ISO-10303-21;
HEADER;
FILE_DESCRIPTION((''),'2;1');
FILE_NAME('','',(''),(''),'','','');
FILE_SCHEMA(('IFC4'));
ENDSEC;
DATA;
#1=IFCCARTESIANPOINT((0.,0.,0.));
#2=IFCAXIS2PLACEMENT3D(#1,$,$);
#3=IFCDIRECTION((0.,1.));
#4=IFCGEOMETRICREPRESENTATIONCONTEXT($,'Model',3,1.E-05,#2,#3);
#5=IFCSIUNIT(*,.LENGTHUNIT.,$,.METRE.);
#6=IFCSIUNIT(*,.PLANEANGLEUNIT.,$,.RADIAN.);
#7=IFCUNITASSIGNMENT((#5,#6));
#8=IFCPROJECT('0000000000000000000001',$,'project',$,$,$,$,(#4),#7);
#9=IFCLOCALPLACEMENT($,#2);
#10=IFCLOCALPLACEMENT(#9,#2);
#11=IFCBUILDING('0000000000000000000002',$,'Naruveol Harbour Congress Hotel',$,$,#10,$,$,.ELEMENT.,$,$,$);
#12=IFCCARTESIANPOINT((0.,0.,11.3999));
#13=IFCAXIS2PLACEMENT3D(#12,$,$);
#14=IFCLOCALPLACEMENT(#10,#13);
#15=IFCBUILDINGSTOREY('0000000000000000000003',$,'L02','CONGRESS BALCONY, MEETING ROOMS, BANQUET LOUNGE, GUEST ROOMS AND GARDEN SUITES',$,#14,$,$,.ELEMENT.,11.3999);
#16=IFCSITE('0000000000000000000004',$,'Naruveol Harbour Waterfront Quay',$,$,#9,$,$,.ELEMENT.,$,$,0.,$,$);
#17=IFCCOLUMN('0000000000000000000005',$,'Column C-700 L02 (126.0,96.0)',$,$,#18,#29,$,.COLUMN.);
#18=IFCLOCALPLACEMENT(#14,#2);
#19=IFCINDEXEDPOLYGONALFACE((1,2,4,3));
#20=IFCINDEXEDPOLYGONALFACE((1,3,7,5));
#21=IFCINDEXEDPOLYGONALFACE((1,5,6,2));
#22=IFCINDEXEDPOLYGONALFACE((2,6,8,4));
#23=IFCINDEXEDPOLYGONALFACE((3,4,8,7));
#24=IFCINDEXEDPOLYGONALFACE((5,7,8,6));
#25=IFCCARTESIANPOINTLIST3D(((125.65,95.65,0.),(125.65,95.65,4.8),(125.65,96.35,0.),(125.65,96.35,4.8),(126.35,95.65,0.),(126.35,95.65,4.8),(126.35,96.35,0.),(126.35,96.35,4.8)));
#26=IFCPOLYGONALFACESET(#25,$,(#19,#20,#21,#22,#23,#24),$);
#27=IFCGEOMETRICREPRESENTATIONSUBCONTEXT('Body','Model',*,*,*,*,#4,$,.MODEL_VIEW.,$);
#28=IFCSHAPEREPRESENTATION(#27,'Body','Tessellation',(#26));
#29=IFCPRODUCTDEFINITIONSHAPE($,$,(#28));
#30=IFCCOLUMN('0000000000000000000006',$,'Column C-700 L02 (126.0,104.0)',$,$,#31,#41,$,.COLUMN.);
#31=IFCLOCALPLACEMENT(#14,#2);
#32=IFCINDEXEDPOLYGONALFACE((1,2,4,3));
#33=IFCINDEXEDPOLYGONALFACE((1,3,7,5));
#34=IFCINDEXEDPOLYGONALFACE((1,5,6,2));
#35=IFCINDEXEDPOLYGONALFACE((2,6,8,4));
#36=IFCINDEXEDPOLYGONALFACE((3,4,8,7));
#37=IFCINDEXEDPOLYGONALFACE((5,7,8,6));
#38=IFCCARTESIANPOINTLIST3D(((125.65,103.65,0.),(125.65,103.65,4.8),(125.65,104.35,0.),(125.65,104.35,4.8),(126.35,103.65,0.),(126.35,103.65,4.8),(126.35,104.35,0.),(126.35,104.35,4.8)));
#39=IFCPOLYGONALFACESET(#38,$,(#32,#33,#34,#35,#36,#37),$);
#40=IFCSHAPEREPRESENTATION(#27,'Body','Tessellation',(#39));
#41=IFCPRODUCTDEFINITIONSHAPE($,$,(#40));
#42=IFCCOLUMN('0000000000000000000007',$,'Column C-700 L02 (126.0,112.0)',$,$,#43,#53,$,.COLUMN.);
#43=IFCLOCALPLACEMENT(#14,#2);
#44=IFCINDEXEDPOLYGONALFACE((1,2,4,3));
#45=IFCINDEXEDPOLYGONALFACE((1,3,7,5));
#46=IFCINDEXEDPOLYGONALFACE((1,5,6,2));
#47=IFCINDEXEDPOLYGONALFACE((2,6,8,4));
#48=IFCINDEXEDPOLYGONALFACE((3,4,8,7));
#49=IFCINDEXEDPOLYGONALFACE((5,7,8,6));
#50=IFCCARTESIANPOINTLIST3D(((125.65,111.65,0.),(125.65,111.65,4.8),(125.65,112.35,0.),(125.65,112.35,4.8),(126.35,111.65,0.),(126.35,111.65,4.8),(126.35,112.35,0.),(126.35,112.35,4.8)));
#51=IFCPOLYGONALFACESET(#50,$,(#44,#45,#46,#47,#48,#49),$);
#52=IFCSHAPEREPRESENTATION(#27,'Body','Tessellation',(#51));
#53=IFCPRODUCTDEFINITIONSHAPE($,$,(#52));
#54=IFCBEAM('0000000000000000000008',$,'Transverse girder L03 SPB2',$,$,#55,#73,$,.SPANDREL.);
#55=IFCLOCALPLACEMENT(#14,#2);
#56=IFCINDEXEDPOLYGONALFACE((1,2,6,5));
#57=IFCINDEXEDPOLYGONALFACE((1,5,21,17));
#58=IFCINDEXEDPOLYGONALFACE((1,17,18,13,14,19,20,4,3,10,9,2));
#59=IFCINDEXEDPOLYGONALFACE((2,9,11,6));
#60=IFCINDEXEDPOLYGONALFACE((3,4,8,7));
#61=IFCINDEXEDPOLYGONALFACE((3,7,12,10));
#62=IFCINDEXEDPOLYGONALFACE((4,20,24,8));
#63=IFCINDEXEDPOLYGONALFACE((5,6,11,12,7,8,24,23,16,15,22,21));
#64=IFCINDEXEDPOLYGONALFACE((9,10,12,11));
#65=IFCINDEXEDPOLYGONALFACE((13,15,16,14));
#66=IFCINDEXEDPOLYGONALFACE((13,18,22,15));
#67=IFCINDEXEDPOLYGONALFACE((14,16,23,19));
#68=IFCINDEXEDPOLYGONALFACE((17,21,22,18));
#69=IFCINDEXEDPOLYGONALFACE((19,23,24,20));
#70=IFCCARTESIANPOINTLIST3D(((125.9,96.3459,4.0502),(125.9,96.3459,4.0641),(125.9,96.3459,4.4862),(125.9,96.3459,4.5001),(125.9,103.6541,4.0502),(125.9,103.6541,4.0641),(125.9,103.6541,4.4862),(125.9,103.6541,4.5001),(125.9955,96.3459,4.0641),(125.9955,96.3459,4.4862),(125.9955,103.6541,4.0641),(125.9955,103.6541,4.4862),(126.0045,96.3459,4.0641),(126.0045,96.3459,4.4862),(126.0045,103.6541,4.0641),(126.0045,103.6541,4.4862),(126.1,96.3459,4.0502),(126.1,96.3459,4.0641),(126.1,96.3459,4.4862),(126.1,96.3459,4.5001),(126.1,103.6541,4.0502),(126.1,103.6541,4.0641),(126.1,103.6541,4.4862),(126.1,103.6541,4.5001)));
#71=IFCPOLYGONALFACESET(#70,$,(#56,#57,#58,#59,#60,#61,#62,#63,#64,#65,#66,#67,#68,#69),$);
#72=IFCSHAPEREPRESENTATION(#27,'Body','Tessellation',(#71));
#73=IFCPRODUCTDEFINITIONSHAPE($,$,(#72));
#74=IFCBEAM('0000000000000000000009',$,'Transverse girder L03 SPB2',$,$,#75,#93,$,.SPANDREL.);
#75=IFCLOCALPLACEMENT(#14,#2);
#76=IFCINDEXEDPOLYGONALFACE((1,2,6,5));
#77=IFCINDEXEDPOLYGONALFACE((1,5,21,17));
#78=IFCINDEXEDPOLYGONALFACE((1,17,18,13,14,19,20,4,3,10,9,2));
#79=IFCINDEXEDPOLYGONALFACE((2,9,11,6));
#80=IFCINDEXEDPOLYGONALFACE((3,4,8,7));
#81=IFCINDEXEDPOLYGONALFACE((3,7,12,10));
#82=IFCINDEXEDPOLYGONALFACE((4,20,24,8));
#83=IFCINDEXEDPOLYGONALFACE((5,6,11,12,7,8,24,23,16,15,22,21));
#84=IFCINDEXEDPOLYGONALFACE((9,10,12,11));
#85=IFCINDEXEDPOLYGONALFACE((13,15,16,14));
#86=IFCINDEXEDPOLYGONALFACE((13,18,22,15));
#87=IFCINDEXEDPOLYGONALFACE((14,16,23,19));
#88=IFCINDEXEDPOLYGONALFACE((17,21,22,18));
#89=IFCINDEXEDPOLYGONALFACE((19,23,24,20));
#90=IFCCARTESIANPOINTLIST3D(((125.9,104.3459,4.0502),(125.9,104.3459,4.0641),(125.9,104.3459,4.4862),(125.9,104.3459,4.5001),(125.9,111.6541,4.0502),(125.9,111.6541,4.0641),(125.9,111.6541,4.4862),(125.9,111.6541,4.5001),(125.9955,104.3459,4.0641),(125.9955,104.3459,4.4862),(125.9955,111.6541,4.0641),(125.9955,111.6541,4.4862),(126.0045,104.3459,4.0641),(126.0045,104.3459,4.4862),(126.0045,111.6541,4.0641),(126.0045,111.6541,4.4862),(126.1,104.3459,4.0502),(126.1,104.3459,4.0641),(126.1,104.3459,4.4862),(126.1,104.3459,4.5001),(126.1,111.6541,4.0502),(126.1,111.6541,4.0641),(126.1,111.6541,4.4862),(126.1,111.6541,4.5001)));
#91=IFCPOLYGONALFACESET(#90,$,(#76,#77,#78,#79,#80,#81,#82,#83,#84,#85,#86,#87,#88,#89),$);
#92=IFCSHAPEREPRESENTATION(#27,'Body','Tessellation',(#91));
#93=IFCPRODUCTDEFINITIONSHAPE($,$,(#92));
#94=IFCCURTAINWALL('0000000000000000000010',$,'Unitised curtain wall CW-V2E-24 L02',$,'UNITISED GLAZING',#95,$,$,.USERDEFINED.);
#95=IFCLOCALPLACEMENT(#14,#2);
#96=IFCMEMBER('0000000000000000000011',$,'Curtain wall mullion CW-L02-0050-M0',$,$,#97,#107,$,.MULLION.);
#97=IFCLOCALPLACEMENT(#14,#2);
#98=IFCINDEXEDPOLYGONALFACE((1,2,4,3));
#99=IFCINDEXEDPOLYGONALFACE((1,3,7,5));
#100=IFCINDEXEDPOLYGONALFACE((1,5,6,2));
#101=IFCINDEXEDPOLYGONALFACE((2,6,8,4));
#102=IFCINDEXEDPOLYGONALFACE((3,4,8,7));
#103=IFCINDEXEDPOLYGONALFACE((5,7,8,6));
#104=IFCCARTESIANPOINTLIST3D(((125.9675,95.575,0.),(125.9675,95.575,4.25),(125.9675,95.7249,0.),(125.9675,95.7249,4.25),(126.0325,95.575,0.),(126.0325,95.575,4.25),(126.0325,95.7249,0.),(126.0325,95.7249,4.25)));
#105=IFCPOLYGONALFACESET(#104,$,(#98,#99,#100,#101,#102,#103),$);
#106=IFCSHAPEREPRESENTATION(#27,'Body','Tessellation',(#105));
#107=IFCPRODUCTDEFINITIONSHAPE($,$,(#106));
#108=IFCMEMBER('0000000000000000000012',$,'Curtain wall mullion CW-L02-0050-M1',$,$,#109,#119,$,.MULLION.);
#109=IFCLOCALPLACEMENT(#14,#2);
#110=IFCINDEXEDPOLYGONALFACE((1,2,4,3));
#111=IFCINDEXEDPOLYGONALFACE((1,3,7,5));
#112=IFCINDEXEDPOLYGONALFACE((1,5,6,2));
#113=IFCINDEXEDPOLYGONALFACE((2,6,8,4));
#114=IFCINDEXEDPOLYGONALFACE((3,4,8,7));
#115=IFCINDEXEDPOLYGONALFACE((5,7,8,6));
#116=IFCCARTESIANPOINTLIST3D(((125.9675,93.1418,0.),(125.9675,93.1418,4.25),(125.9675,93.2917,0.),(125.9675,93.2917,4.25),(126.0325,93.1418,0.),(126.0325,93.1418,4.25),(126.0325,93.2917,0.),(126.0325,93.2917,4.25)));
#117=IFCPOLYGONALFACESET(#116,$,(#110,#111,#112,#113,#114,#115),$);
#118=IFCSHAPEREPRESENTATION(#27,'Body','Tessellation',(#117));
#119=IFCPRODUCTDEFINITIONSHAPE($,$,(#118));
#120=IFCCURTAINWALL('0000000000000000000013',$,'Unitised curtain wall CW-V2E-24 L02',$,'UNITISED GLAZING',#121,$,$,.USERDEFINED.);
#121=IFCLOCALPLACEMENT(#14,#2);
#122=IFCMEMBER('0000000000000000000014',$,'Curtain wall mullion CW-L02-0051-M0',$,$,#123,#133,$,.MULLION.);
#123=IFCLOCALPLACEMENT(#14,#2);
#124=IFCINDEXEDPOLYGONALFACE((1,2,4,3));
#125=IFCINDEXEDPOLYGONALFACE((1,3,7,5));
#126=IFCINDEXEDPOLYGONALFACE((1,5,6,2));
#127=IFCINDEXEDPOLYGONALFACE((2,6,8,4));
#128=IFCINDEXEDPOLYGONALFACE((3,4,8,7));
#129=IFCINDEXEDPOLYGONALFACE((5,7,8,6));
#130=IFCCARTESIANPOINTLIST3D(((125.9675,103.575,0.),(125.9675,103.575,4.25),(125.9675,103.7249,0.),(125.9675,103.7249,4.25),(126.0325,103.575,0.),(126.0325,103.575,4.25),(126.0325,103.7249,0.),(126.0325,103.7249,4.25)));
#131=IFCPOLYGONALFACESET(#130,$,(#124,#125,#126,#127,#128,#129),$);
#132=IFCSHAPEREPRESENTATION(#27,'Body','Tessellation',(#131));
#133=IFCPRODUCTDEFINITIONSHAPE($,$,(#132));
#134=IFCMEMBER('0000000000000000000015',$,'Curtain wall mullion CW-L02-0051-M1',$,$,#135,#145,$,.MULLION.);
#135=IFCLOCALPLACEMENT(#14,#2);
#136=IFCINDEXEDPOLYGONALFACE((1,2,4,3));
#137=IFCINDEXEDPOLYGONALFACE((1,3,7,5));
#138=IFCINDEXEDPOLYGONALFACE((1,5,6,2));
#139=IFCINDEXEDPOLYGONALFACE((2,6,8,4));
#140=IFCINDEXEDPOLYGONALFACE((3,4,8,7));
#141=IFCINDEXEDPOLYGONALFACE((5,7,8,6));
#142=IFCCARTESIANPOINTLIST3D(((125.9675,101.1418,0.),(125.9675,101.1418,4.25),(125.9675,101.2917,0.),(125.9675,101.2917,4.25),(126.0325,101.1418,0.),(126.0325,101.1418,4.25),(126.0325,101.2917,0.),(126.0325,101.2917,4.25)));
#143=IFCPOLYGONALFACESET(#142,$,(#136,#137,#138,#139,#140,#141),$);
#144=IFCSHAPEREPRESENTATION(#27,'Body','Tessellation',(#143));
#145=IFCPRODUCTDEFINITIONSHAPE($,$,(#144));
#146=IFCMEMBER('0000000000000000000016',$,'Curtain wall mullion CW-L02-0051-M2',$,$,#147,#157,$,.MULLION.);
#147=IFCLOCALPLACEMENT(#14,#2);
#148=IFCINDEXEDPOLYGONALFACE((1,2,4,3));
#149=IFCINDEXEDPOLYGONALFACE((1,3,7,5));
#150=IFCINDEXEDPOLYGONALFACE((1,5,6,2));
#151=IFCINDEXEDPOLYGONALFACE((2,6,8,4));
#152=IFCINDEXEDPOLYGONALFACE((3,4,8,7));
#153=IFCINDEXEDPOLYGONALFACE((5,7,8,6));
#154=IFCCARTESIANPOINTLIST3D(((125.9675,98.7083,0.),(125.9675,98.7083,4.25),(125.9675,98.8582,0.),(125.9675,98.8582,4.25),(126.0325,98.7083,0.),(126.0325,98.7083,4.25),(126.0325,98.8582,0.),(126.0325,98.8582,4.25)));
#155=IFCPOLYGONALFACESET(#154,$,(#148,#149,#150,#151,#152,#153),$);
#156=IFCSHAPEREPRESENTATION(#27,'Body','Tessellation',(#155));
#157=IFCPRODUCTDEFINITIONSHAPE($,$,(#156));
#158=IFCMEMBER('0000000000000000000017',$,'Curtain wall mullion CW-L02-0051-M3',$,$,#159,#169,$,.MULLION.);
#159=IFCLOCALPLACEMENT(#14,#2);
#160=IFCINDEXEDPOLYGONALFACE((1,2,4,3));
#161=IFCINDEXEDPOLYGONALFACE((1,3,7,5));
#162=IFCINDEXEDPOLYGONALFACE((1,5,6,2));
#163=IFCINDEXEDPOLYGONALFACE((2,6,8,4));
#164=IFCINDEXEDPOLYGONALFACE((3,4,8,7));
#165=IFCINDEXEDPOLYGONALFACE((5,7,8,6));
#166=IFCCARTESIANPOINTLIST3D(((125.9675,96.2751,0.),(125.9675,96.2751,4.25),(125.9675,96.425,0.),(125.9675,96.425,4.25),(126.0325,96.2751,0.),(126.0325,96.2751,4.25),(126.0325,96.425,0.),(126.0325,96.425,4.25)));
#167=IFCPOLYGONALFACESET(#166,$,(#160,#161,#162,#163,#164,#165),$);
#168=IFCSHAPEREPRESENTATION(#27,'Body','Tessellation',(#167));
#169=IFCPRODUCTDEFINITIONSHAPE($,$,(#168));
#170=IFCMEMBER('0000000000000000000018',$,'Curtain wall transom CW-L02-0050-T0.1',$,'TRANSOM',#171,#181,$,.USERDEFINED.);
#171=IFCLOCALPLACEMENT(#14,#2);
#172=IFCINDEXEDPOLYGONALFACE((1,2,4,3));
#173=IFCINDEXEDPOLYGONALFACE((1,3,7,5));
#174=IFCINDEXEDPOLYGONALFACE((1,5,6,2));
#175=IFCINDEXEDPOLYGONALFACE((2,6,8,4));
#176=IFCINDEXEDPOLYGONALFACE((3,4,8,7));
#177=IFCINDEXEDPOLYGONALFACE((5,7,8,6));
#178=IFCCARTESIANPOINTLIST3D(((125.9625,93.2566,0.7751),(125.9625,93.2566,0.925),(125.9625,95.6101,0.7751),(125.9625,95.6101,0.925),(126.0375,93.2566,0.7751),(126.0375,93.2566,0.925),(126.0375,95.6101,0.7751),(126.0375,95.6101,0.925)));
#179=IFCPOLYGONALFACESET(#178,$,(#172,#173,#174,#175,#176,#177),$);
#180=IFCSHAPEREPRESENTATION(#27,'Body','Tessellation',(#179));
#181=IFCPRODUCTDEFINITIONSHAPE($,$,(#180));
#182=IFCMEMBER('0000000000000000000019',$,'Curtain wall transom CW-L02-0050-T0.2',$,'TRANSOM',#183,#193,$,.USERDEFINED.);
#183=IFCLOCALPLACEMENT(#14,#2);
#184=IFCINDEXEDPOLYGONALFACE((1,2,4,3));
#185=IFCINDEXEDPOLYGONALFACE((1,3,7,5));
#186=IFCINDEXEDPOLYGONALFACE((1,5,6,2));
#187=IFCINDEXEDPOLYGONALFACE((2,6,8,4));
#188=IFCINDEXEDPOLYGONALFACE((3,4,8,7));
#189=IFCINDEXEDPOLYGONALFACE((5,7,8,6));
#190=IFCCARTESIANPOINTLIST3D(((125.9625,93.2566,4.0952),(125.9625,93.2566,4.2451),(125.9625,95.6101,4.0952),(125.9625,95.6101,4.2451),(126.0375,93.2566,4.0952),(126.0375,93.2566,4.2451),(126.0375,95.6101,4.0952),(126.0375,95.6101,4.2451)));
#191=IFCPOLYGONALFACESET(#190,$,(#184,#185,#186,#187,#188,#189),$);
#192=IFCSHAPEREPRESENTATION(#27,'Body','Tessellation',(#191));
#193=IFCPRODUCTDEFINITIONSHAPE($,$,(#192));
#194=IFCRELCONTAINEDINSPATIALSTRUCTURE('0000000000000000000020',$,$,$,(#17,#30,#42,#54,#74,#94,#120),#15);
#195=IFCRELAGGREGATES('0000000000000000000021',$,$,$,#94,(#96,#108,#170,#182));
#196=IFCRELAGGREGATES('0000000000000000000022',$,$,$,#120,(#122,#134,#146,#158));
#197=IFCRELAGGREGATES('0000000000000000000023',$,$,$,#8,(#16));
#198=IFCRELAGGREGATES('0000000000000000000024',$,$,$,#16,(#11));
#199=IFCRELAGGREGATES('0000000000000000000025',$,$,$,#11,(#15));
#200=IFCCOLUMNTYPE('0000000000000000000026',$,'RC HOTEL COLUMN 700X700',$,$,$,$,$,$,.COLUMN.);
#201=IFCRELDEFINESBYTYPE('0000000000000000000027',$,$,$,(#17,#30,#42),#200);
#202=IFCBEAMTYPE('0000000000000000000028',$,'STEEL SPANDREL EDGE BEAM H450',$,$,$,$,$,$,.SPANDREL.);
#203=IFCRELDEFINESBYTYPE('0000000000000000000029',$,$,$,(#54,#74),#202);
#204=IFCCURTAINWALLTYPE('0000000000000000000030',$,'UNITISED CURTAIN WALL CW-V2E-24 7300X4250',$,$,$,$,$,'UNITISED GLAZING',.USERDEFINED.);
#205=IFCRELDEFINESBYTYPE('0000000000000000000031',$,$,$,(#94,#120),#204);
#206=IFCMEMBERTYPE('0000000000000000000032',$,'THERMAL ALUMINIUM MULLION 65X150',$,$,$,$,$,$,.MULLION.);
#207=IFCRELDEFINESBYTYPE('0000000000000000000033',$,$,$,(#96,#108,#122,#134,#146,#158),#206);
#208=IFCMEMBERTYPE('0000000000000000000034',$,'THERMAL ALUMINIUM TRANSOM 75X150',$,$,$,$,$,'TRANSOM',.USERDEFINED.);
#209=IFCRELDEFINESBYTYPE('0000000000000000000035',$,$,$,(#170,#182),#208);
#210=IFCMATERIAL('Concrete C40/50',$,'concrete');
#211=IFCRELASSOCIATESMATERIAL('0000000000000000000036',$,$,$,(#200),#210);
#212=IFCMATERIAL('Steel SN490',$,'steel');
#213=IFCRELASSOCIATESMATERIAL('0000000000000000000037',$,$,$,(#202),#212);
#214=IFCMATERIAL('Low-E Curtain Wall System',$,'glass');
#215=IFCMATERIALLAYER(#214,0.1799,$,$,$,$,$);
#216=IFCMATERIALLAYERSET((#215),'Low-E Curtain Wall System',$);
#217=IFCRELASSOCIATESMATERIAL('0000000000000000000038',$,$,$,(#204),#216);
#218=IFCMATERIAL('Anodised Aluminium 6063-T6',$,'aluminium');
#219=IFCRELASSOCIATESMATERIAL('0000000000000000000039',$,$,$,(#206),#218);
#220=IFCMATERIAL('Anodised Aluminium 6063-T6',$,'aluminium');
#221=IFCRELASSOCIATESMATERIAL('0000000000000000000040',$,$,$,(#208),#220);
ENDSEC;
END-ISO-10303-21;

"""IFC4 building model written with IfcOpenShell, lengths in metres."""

from ifc_helpers import new_model, si_unit, direction, frame, origin, origin_2d, place, context, subcontext, project, spatial, rectangle, i_section, extrude, material, layer, layer_set, material_profile, profile_set, type_object, element, aggregate, save


model = new_model("IFC4")

# Units and contexts
model_context = context("Model", 3, precision=1e-05, world=origin(), true_north=direction((0.0, 1.0)))
body_context = subcontext(model_context, "Body", "Model", "MODEL_VIEW")
ifc_project = project(units=[si_unit("LENGTHUNIT", "METRE"), si_unit("PLANEANGLEUNIT", "RADIAN")], contexts=[model_context])

# Site, building, storey
site_placement = place(None, origin())
site = spatial("IfcSite", under=ifc_project, at=site_placement, Name="Naruveol Harbour Waterfront Quay", CompositionType="ELEMENT", RefElevation=0.0)
building_placement = place(site_placement, origin())
building = spatial("IfcBuilding", under=site, at=building_placement, Name="Naruveol Harbour Congress Hotel", CompositionType="ELEMENT")
storey_placement = place(building_placement, frame((0.0, 0.0, 11.3999)))
storey = spatial("IfcBuildingStorey", under=building, at=storey_placement, Name="L02", Description="CONGRESS BALCONY, MEETING ROOMS, BANQUET LOUNGE, GUEST ROOMS AND GARDEN SUITES", CompositionType="ELEMENT", Elevation=11.3999)

# Columns
ifc_material_1 = material(Name="Concrete C40/50", Category="concrete")
ifc_material_profile_1 = material_profile(ifc_material_1, rectangle(XDim=0.7, YDim=0.7, at=origin_2d()), Name="RC-700x700")
ifc_profile_set_1 = profile_set([ifc_material_profile_1], Name="Concrete C40/50")
column_type = type_object("IfcColumnType", Name="RC HOTEL COLUMN 700X700", PredefinedType="COLUMN", material=ifc_profile_set_1)
for number, where, z_axis, x_axis, name in (
    (1, (126.0, 96.0, 0.0), (0.0, 0.0, 1.0), (1.0, 0.0, 0.0), "Column C-700 L02 (126.0,96.0)"),
    (2, (126.0, 104.0, 0.0), (0.0, 0.0, 1.0), (1.0, 0.0, 0.0), "Column C-700 L02 (126.0,104.0)"),
    (3, (126.0, 112.0, 0.0), (0.0, 0.0, 1.0), (1.0, 0.0, 0.0), "Column C-700 L02 (126.0,112.0)"),
):
    element("IfcColumn", number, at=place(storey_placement, frame(where, z_axis=z_axis, x_axis=x_axis)), inside=storey, type_object=column_type, Name=name, PredefinedType="COLUMN", context=body_context, shape_type="SweptSolid", body=[
        extrude(rectangle(XDim=0.7, YDim=0.7, at=origin_2d()), origin(), (0.0, 0.0, 1.0), 4.8),
    ])

# Beams
ifc_material_2 = material(Name="Steel SN490", Category="steel")
ifc_material_profile_2 = material_profile(ifc_material_2, i_section(OverallWidth=0.2, OverallDepth=0.45, WebThickness=0.009, FlangeThickness=0.0139, at=origin_2d()), Name="H-450x200x9x14")
ifc_profile_set_2 = profile_set([ifc_material_profile_2], Name="Steel SN490")
beam_type = type_object("IfcBeamType", Name="STEEL SPANDREL EDGE BEAM H450", PredefinedType="SPANDREL", material=ifc_profile_set_2)
for number, where, z_axis, x_axis, name in (
    (4, (126.0, 96.3459, 4.2751), (0.0, 1.0, 0.0), (-1.0, 0.0, 0.0), "Transverse girder L03 SPB2"),
    (5, (126.0, 104.3459, 4.2751), (0.0, 1.0, 0.0), (-1.0, 0.0, 0.0), "Transverse girder L03 SPB2"),
):
    element("IfcBeam", number, at=place(storey_placement, frame(where, z_axis=z_axis, x_axis=x_axis)), inside=storey, type_object=beam_type, Name=name, PredefinedType="SPANDREL", context=body_context, shape_type="SweptSolid", body=[
        extrude(i_section(OverallWidth=0.2, OverallDepth=0.45, WebThickness=0.009, FlangeThickness=0.0139, at=origin_2d()), origin(), (0.0, 0.0, 1.0), 7.3081),
    ])

# Curtain walls, members
ifc_material_3 = material(Name="Low-E Curtain Wall System", Category="glass")
ifc_layer_1 = layer(ifc_material_3, 0.1799)
ifc_layer_set_1 = layer_set([ifc_layer_1], Name="Low-E Curtain Wall System")
curtain_wall_type = type_object("IfcCurtainWallType", Name="UNITISED CURTAIN WALL CW-V2E-24 7300X4250", ElementType="UNITISED GLAZING", PredefinedType="USERDEFINED", material=ifc_layer_set_1)
curtain_wall_1_placement = place(storey_placement, origin())
curtain_wall_1 = element("IfcCurtainWall", 6, at=curtain_wall_1_placement, inside=storey, type_object=curtain_wall_type, Name="Unitised curtain wall CW-V2E-24 L02", ObjectType="UNITISED GLAZING", PredefinedType="USERDEFINED")
ifc_material_4 = material(Name="Anodised Aluminium 6063-T6", Category="aluminium")
ifc_material_profile_3 = material_profile(ifc_material_4, rectangle(XDim=0.0649, YDim=0.1499, at=origin_2d()), Name="ALU-65x150")
ifc_profile_set_3 = profile_set([ifc_material_profile_3], Name="Anodised Aluminium 6063-T6")
member_type_1 = type_object("IfcMemberType", Name="THERMAL ALUMINIUM MULLION 65X150", PredefinedType="MULLION", material=ifc_profile_set_3)
member_1_placement = place(storey_placement, frame((126.0, 95.6499, 0.0), z_axis=(0.0, 0.0, 1.0), x_axis=(1.0, 0.0, 0.0)))
member_1 = element("IfcMember", 7, at=member_1_placement, type_object=member_type_1, Name="Curtain wall mullion CW-L02-0050-M0", PredefinedType="MULLION", context=body_context, shape_type="SweptSolid", body=[
    extrude(rectangle(XDim=0.0649, YDim=0.1499, at=origin_2d()), origin(), (0.0, 0.0, 1.0), 4.25),
])
member_2_placement = place(storey_placement, frame((126.0, 93.2168, 0.0), z_axis=(0.0, 0.0, 1.0), x_axis=(1.0, 0.0, 0.0)))
member_2 = element("IfcMember", 8, at=member_2_placement, type_object=member_type_1, Name="Curtain wall mullion CW-L02-0050-M1", PredefinedType="MULLION", context=body_context, shape_type="SweptSolid", body=[
    extrude(rectangle(XDim=0.0649, YDim=0.1499, at=origin_2d()), origin(), (0.0, 0.0, 1.0), 4.25),
])
curtain_wall_2_placement = place(storey_placement, origin())
curtain_wall_2 = element("IfcCurtainWall", 9, at=curtain_wall_2_placement, inside=storey, type_object=curtain_wall_type, Name="Unitised curtain wall CW-V2E-24 L02", ObjectType="UNITISED GLAZING", PredefinedType="USERDEFINED")
member_3_placement = place(storey_placement, frame((126.0, 103.6499, 0.0), z_axis=(0.0, 0.0, 1.0), x_axis=(1.0, 0.0, 0.0)))
member_3 = element("IfcMember", 10, at=member_3_placement, type_object=member_type_1, Name="Curtain wall mullion CW-L02-0051-M0", PredefinedType="MULLION", context=body_context, shape_type="SweptSolid", body=[
    extrude(rectangle(XDim=0.0649, YDim=0.1499, at=origin_2d()), origin(), (0.0, 0.0, 1.0), 4.25),
])
member_4_placement = place(storey_placement, frame((126.0, 101.2168, 0.0), z_axis=(0.0, 0.0, 1.0), x_axis=(1.0, 0.0, 0.0)))
member_4 = element("IfcMember", 11, at=member_4_placement, type_object=member_type_1, Name="Curtain wall mullion CW-L02-0051-M1", PredefinedType="MULLION", context=body_context, shape_type="SweptSolid", body=[
    extrude(rectangle(XDim=0.0649, YDim=0.1499, at=origin_2d()), origin(), (0.0, 0.0, 1.0), 4.25),
])
member_5_placement = place(storey_placement, frame((126.0, 98.7832, 0.0), z_axis=(0.0, 0.0, 1.0), x_axis=(1.0, 0.0, 0.0)))
member_5 = element("IfcMember", 12, at=member_5_placement, type_object=member_type_1, Name="Curtain wall mullion CW-L02-0051-M2", PredefinedType="MULLION", context=body_context, shape_type="SweptSolid", body=[
    extrude(rectangle(XDim=0.0649, YDim=0.1499, at=origin_2d()), origin(), (0.0, 0.0, 1.0), 4.25),
])
member_6_placement = place(storey_placement, frame((126.0, 96.3501, 0.0), z_axis=(0.0, 0.0, 1.0), x_axis=(1.0, 0.0, 0.0)))
member_6 = element("IfcMember", 13, at=member_6_placement, type_object=member_type_1, Name="Curtain wall mullion CW-L02-0051-M3", PredefinedType="MULLION", context=body_context, shape_type="SweptSolid", body=[
    extrude(rectangle(XDim=0.0649, YDim=0.1499, at=origin_2d()), origin(), (0.0, 0.0, 1.0), 4.25),
])

# Members
ifc_material_5 = material(Name="Anodised Aluminium 6063-T6", Category="aluminium")
ifc_material_profile_4 = material_profile(ifc_material_5, rectangle(XDim=0.075, YDim=0.1499, at=origin_2d()), Name="ALU-75x150")
ifc_profile_set_4 = profile_set([ifc_material_profile_4], Name="Anodised Aluminium 6063-T6")
member_type_2 = type_object("IfcMemberType", Name="THERMAL ALUMINIUM TRANSOM 75X150", ElementType="TRANSOM", PredefinedType="USERDEFINED", material=ifc_profile_set_4)
member_7_placement = place(storey_placement, frame((126.0, 95.6101, 0.8501), z_axis=(0.0, -1.0, 0.0), x_axis=(1.0, 0.0, 0.0)))
member_7 = element("IfcMember", 14, at=member_7_placement, type_object=member_type_2, Name="Curtain wall transom CW-L02-0050-T0.1", ObjectType="TRANSOM", PredefinedType="USERDEFINED", context=body_context, shape_type="SweptSolid", body=[
    extrude(rectangle(XDim=0.075, YDim=0.1499, at=origin_2d()), origin(), (0.0, 0.0, 1.0), 2.3535),
])
member_8_placement = place(storey_placement, frame((126.0, 95.6101, 4.1702), z_axis=(0.0, -1.0, 0.0), x_axis=(1.0, 0.0, 0.0)))
member_8 = element("IfcMember", 15, at=member_8_placement, type_object=member_type_2, Name="Curtain wall transom CW-L02-0050-T0.2", ObjectType="TRANSOM", PredefinedType="USERDEFINED", context=body_context, shape_type="SweptSolid", body=[
    extrude(rectangle(XDim=0.075, YDim=0.1499, at=origin_2d()), origin(), (0.0, 0.0, 1.0), 2.3535),
])

aggregate(curtain_wall_1, [member_1, member_2, member_7, member_8])
aggregate(curtain_wall_2, [member_3, member_4, member_5, member_6])

save(model, "model.ifc")
